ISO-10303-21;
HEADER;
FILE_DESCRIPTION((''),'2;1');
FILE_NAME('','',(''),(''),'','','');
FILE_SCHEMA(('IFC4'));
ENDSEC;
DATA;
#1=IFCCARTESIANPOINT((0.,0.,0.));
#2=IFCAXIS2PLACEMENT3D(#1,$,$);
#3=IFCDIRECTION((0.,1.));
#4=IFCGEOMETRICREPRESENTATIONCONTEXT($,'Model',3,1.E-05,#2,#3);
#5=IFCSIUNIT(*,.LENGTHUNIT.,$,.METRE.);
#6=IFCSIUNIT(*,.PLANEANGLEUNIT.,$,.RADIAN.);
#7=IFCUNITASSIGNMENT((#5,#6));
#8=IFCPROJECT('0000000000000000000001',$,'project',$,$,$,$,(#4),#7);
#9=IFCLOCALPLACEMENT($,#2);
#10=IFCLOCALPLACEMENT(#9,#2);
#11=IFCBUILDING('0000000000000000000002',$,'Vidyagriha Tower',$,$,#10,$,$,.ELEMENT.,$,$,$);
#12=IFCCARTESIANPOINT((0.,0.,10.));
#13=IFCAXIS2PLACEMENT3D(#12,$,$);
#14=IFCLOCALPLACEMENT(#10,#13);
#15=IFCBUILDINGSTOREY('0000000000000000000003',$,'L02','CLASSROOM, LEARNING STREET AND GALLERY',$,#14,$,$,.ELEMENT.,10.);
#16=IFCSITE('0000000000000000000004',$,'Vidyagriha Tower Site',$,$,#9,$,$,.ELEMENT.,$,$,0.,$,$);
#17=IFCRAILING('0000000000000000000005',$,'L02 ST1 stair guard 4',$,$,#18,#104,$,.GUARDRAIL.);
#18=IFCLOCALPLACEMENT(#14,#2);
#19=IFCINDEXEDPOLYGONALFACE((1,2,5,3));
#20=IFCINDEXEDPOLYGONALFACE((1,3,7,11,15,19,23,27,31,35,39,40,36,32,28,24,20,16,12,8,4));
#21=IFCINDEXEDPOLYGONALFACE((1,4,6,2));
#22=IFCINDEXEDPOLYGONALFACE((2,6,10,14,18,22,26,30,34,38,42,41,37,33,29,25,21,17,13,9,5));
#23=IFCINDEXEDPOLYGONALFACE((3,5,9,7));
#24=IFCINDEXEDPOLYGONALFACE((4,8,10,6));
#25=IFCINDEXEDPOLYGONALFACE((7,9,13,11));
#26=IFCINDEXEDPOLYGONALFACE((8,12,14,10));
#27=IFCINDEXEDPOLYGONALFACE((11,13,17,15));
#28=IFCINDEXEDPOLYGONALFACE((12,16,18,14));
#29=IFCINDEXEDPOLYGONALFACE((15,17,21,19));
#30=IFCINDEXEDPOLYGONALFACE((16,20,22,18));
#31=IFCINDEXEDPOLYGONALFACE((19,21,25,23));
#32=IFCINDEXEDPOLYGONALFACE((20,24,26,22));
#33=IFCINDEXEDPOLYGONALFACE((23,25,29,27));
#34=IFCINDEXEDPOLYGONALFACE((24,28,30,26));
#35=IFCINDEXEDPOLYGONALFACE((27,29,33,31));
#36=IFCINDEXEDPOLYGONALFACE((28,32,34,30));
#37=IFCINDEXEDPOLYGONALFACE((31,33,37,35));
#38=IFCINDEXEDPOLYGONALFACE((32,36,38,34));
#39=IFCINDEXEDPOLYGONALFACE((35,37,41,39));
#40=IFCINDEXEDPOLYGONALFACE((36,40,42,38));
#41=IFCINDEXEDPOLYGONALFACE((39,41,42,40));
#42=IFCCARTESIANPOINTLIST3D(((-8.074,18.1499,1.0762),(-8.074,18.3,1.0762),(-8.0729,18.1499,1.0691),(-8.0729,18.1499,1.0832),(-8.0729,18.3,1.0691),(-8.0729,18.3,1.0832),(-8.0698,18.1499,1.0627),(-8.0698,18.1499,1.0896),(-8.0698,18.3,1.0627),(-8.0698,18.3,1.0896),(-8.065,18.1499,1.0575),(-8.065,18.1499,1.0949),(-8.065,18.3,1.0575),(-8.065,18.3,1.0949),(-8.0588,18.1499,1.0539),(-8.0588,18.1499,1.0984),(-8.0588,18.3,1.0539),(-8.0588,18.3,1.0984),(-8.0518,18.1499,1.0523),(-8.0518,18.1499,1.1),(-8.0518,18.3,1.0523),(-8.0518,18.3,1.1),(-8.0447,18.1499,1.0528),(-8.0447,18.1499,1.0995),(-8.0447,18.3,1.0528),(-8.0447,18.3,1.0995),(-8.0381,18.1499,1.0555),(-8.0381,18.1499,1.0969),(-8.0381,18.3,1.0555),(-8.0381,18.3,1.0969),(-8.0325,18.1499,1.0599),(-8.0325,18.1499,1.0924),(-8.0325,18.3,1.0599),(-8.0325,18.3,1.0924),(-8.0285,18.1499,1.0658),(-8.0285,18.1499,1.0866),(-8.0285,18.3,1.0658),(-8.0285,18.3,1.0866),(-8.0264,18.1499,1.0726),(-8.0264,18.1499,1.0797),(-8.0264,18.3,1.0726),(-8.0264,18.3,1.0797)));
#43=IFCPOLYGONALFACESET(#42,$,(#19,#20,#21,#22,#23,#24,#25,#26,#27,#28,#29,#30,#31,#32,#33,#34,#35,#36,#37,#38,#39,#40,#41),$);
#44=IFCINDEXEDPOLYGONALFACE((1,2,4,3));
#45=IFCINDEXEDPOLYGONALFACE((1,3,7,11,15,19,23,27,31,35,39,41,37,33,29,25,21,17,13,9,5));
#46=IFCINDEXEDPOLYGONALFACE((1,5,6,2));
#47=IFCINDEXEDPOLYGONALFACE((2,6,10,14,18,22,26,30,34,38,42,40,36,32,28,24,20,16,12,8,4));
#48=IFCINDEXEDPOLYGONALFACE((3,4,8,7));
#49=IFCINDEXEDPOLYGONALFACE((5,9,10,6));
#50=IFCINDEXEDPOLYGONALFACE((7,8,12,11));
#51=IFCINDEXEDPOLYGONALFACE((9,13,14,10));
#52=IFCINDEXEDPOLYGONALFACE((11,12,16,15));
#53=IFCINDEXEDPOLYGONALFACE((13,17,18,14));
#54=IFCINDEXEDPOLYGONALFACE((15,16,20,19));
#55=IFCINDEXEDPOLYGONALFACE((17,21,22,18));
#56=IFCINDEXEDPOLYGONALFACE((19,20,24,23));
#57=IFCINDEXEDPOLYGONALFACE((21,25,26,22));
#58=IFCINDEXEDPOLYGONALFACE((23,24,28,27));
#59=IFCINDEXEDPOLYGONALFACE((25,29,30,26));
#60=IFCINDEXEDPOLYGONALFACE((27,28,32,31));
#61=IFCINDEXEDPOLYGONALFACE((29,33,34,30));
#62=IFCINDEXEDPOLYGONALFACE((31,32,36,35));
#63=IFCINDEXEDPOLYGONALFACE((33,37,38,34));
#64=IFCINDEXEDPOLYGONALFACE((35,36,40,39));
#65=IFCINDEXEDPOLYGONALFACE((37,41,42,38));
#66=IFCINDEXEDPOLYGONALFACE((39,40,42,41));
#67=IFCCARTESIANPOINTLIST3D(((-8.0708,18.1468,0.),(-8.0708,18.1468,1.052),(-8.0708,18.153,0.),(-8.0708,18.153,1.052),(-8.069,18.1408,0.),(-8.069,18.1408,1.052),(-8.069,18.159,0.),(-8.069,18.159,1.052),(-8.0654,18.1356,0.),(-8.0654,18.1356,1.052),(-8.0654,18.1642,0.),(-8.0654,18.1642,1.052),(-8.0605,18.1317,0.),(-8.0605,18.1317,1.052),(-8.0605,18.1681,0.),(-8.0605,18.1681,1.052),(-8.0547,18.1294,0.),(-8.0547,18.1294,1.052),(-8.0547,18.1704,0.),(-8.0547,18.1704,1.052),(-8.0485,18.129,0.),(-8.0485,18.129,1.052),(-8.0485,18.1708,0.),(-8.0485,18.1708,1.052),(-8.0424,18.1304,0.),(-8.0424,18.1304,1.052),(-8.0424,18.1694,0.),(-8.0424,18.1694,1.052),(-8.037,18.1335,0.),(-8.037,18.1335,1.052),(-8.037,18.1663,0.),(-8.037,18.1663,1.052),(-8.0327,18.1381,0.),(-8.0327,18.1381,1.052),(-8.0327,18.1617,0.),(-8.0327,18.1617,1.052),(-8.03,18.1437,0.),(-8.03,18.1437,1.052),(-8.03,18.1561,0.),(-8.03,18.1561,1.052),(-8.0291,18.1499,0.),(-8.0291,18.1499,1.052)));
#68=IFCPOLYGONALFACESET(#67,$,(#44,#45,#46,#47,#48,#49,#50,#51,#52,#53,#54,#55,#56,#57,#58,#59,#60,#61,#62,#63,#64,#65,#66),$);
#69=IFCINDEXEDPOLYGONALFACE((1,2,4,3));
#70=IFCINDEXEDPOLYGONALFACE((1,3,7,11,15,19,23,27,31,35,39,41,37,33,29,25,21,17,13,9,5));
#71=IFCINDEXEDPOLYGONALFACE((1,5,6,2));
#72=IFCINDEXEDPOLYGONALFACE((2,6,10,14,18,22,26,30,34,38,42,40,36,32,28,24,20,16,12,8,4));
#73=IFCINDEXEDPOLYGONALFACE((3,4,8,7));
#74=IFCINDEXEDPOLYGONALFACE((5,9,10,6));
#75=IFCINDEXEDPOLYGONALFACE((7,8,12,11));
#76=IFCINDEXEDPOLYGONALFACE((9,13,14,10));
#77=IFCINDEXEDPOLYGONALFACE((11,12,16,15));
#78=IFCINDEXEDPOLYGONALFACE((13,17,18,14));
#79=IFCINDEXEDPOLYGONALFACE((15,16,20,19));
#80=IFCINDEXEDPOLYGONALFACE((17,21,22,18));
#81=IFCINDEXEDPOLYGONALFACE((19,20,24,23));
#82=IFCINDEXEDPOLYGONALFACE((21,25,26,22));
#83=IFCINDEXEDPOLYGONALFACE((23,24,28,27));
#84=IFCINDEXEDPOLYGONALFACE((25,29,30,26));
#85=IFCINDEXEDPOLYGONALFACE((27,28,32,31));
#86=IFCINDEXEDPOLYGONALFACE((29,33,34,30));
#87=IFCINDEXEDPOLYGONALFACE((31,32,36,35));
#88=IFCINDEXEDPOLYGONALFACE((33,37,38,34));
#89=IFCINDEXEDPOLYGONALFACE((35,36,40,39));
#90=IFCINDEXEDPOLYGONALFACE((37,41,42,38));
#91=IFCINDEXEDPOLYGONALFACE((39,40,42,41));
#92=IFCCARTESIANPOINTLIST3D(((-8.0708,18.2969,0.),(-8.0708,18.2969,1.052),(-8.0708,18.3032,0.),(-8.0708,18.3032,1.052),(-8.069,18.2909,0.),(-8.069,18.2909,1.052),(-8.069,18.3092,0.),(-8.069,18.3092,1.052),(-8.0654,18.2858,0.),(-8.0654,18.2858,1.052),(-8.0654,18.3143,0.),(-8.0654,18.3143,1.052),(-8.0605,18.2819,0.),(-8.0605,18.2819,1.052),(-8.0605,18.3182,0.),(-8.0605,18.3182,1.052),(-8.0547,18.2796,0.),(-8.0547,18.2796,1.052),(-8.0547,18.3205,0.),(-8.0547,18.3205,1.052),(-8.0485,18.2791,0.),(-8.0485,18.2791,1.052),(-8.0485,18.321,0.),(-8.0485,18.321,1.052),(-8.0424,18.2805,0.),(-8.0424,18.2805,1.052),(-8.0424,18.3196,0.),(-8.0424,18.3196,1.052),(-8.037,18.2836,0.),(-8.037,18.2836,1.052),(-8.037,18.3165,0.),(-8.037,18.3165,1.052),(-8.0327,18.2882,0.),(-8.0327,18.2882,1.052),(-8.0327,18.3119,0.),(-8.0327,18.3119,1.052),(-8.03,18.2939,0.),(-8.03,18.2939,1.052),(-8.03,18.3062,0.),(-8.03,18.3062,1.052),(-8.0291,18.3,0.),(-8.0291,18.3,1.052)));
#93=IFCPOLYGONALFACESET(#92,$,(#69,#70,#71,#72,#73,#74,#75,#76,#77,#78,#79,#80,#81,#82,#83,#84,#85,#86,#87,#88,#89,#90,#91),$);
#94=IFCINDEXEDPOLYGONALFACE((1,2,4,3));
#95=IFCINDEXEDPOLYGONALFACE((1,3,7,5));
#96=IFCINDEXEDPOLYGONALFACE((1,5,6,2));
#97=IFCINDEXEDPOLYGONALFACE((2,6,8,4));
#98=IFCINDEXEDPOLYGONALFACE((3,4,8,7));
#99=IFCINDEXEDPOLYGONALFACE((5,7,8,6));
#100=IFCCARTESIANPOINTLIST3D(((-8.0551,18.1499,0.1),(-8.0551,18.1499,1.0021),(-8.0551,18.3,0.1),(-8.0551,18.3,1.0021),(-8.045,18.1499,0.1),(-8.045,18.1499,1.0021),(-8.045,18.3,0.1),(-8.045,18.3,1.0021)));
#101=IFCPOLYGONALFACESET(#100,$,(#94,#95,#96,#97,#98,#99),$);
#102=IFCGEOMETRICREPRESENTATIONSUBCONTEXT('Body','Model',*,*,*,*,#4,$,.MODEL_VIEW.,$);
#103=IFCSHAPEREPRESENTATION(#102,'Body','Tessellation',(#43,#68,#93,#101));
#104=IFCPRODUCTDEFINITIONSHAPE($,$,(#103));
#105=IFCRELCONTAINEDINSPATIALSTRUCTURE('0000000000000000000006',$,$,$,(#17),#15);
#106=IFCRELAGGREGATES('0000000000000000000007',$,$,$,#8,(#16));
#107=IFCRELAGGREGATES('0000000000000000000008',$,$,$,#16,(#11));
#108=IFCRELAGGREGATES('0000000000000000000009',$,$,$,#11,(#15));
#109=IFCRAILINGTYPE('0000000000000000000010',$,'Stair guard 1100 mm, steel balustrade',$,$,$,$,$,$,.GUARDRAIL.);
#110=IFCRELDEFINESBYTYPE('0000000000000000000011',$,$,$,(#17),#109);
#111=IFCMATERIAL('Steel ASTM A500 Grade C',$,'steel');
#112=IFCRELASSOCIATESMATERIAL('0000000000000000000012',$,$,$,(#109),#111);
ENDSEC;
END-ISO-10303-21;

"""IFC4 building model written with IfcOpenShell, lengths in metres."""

from ifc_helpers import new_model, si_unit, direction, frame, origin, origin_2d, place, context, subcontext, project, spatial, rectangle, circle, extrude, material, type_object, element, save


model = new_model("IFC4")

# Units and contexts
model_context = context("Model", 3, precision=1e-05, world=origin(), true_north=direction((0.0, 1.0)))
body_context = subcontext(model_context, "Body", "Model", "MODEL_VIEW")
ifc_project = project(units=[si_unit("LENGTHUNIT", "METRE"), si_unit("PLANEANGLEUNIT", "RADIAN")], contexts=[model_context])

# Site, building, storey
site_placement = place(None, origin())
site = spatial("IfcSite", under=ifc_project, at=site_placement, Name="Vidyagriha Tower Site", CompositionType="ELEMENT", RefElevation=0.0)
building_placement = place(site_placement, origin())
building = spatial("IfcBuilding", under=site, at=building_placement, Name="Vidyagriha Tower", CompositionType="ELEMENT")
storey_placement = place(building_placement, frame((0.0, 0.0, 10.0)))
storey = spatial("IfcBuildingStorey", under=building, at=storey_placement, Name="L02", Description="CLASSROOM, LEARNING STREET AND GALLERY", CompositionType="ELEMENT", Elevation=10.0)

# Railing
ifc_material_1 = material(Name="Steel ASTM A500 Grade C", Category="steel")
railing_type_1 = type_object("IfcRailingType", Name="Stair guard 1100 mm, steel balustrade", PredefinedType="GUARDRAIL", material=ifc_material_1)
railing_1_placement = place(storey_placement, frame((-8.05, 18.1499, 0.0)))
element("IfcRailing", 1, at=railing_1_placement, inside=storey, type_object=railing_type_1, Name="L02 ST1 stair guard 4", PredefinedType="GUARDRAIL", context=body_context, shape_type="SweptSolid", body=[
    extrude(circle(Radius=0.0239, at=origin_2d()), frame((0.0, 0.0, 1.0762), z_axis=(0.0, 1.0, 0.0), x_axis=(-1.0, 0.0, 0.0)), (0.0, 0.0, 1.0), 0.1501),
    extrude(circle(Radius=0.021, at=origin_2d()), origin(), (0.0, 0.0, 1.0), 1.052),
    extrude(circle(Radius=0.021, at=origin_2d()), frame((0.0, 0.1501, 0.0)), (0.0, 0.0, 1.0), 1.052),
    extrude(rectangle(XDim=0.01, YDim=0.9021, at=origin_2d()), frame((0.0, 0.0, 0.551), z_axis=(0.0, 1.0, 0.0), x_axis=(-1.0, 0.0, 0.0)), (0.0, 0.0, 1.0), 0.1501),
])

save(model, "model.ifc")
